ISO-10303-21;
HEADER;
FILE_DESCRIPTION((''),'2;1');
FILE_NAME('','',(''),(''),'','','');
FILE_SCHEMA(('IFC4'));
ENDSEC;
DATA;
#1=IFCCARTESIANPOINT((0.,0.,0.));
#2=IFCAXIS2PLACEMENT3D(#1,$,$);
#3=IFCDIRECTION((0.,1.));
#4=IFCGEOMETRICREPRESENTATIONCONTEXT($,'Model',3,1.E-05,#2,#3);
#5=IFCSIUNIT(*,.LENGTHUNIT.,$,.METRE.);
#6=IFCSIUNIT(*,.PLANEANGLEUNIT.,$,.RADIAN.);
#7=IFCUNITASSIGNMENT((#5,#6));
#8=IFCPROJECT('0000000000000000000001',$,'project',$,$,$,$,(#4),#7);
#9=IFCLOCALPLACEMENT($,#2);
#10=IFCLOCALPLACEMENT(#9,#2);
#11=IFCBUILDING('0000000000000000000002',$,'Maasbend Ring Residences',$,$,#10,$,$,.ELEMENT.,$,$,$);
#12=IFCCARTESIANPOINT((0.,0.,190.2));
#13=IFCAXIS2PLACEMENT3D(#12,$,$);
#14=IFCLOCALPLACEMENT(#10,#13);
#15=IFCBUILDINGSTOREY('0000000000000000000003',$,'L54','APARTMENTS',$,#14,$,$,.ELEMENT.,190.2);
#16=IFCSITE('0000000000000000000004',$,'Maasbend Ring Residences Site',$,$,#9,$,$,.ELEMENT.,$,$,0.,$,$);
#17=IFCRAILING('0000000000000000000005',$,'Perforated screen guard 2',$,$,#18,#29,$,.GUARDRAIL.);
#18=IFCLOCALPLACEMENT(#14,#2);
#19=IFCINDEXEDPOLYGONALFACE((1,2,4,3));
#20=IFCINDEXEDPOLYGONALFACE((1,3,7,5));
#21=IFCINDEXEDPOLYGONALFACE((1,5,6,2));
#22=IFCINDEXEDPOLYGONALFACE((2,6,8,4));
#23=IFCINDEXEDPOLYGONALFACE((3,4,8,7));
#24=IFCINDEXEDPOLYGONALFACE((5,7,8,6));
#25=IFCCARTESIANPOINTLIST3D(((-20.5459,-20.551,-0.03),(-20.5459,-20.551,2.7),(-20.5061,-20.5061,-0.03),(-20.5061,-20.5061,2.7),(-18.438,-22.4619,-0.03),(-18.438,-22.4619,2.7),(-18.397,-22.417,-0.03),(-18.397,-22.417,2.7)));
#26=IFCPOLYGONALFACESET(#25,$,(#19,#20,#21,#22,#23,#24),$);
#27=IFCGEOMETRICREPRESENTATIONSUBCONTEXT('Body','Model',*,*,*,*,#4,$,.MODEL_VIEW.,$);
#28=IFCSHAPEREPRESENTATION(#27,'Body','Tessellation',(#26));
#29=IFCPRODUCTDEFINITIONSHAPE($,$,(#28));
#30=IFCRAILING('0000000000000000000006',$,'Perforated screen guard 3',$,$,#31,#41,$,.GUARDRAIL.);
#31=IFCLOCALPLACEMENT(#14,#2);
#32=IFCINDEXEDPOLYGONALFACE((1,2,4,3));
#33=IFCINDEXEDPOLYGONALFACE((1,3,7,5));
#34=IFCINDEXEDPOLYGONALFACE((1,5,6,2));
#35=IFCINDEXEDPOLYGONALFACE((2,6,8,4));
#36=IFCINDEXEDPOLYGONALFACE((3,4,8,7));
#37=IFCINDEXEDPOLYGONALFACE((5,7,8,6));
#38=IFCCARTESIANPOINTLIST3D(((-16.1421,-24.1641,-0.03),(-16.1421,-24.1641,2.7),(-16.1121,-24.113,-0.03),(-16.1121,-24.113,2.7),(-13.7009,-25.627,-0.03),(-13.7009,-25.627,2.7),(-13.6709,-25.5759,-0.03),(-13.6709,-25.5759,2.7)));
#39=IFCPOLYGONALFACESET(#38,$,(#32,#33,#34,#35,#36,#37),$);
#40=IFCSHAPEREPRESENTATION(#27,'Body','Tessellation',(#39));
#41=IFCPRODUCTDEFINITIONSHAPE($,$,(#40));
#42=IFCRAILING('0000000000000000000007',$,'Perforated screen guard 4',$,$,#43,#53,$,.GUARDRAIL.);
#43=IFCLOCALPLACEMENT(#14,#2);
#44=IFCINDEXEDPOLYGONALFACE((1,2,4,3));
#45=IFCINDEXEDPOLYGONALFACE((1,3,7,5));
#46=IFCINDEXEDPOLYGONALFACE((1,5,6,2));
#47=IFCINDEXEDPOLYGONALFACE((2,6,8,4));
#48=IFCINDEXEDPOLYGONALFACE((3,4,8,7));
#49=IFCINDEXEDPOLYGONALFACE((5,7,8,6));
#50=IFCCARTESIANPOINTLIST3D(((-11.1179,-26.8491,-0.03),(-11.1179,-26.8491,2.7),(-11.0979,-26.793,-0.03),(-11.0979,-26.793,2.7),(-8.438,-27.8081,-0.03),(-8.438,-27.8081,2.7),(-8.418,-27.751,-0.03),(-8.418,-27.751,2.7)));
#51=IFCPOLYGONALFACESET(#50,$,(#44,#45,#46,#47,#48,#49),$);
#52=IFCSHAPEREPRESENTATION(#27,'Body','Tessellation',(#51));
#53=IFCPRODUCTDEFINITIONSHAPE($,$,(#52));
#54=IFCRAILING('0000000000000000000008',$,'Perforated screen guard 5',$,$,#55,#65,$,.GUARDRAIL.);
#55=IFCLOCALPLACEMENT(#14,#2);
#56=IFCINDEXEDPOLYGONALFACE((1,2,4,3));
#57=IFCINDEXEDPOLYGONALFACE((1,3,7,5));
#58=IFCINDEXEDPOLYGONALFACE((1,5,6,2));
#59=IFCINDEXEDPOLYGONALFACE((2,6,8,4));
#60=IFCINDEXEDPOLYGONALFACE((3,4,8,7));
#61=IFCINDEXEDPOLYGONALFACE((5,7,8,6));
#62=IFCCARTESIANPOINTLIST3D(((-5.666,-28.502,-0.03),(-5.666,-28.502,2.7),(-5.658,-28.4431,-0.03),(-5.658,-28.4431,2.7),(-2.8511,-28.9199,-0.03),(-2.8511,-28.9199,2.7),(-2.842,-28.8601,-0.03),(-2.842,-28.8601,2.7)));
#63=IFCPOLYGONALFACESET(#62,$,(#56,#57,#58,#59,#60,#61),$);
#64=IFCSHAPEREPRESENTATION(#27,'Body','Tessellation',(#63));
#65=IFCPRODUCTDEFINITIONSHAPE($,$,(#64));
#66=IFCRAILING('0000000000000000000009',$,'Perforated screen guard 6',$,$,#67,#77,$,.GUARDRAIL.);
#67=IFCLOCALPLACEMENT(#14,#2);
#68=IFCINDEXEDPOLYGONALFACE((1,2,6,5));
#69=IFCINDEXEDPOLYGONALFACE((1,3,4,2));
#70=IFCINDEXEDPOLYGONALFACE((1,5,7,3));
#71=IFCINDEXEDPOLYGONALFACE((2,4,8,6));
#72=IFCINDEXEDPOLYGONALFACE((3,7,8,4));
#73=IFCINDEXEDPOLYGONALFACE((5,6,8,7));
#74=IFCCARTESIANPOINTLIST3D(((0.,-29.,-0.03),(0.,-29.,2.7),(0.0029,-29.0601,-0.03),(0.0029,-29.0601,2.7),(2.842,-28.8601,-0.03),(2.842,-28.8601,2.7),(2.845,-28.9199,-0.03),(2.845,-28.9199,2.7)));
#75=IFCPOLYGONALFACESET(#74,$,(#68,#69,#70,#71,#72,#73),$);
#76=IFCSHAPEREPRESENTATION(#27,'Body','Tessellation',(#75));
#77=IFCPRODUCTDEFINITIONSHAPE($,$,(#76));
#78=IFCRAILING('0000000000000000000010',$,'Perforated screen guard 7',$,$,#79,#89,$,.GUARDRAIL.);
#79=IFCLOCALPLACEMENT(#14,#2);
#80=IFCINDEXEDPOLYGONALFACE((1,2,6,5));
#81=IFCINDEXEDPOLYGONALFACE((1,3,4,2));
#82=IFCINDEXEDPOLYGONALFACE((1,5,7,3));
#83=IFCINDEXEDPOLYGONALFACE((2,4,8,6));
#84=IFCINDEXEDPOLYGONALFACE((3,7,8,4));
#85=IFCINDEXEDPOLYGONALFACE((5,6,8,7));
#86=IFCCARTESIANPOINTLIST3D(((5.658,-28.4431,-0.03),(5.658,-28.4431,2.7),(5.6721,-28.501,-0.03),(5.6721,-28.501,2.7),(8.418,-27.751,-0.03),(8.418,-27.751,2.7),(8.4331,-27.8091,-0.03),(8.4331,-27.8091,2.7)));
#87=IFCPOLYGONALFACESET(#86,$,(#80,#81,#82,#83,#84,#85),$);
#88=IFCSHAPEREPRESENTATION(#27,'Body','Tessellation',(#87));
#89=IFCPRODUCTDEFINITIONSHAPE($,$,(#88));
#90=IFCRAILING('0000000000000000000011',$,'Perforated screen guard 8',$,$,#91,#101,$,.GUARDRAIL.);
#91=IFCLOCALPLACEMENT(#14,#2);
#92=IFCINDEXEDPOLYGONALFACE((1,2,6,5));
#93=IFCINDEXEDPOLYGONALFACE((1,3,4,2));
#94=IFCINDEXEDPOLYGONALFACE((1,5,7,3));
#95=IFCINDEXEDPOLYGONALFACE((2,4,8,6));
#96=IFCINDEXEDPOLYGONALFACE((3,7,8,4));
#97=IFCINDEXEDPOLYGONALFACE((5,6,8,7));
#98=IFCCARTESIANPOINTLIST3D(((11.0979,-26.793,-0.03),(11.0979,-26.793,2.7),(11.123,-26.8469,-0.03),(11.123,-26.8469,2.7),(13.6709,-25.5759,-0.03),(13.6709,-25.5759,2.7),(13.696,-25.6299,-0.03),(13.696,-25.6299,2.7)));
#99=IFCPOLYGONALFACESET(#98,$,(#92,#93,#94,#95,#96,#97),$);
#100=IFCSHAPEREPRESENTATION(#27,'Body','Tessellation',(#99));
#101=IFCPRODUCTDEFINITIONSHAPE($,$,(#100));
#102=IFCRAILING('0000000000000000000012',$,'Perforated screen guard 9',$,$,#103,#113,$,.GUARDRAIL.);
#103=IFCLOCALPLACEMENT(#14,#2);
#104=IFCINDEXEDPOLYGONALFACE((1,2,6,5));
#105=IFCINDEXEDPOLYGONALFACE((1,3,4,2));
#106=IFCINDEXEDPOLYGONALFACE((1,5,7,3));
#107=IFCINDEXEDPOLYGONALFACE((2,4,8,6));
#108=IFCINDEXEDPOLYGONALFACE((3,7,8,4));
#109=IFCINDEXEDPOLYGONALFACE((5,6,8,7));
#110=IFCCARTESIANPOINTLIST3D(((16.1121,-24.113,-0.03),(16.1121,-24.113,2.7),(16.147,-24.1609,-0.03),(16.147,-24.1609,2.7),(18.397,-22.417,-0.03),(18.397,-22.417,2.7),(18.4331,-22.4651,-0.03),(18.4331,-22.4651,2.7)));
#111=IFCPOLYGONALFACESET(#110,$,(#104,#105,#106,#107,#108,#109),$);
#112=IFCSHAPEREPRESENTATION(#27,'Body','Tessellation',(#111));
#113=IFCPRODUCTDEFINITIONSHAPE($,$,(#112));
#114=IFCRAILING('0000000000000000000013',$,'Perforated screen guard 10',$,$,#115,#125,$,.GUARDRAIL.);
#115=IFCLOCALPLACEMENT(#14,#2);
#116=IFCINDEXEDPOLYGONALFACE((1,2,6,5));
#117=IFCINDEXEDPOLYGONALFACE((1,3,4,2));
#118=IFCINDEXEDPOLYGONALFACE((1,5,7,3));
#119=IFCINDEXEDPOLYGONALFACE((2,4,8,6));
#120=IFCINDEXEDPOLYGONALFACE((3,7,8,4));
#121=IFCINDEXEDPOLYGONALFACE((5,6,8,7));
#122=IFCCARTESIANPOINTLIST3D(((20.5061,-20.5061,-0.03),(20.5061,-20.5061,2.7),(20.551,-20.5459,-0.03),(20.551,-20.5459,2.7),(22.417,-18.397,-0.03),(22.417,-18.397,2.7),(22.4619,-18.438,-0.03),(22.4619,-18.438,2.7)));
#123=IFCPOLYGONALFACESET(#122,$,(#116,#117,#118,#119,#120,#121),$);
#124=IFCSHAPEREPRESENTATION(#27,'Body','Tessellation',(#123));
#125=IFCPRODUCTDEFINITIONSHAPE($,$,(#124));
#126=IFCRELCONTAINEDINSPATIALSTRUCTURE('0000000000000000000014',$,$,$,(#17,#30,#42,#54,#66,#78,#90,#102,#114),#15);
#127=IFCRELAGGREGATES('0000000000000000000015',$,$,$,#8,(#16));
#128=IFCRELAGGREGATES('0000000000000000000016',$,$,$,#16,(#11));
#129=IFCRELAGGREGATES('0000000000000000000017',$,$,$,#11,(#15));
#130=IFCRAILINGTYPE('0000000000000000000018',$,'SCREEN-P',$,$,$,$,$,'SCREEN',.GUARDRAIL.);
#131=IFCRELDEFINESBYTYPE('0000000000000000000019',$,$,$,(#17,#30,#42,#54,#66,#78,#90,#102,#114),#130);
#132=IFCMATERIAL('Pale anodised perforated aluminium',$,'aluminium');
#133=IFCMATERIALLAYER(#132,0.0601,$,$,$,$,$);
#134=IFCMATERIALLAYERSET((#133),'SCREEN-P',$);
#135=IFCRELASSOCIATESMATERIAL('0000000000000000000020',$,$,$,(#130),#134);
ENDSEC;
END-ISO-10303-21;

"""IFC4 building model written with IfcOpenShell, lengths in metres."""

from ifc_helpers import new_model, si_unit, direction, frame, origin, place, context, subcontext, project, spatial, polyline, outline, extrude, material, layer, layer_set, type_object, element, save


model = new_model("IFC4")

# Units and contexts
model_context = context("Model", 3, precision=1e-05, world=origin(), true_north=direction((0.0, 1.0)))
body_context = subcontext(model_context, "Body", "Model", "MODEL_VIEW")
ifc_project = project(units=[si_unit("LENGTHUNIT", "METRE"), si_unit("PLANEANGLEUNIT", "RADIAN")], contexts=[model_context])

# Site, building, storey
site_placement = place(None, origin())
site = spatial("IfcSite", under=ifc_project, at=site_placement, Name="Maasbend Ring Residences Site", CompositionType="ELEMENT", RefElevation=0.0)
building_placement = place(site_placement, origin())
building = spatial("IfcBuilding", under=site, at=building_placement, Name="Maasbend Ring Residences", CompositionType="ELEMENT")
storey_placement = place(building_placement, frame((0.0, 0.0, 190.2)))
storey = spatial("IfcBuildingStorey", under=building, at=storey_placement, Name="L54", Description="APARTMENTS", CompositionType="ELEMENT", Elevation=190.2)

# Railings
ifc_material_1 = material(Name="Pale anodised perforated aluminium", Category="aluminium")
ifc_layer_1 = layer(ifc_material_1, 0.0601)
ifc_layer_set_1 = layer_set([ifc_layer_1], Name="SCREEN-P")
railing_type = type_object("IfcRailingType", Name="SCREEN-P", ElementType="SCREEN", PredefinedType="GUARDRAIL", material=ifc_layer_set_1)
railing_1_placement = place(storey_placement, frame((0.0, 0.0, -0.03)))
element("IfcRailing", 1, at=railing_1_placement, inside=storey, type_object=railing_type, Name="Perforated screen guard 2", PredefinedType="GUARDRAIL", context=body_context, shape_type="SweptSolid", body=[
    extrude(outline(polyline([(-20.5061, -20.5061), (-18.397, -22.417), (-18.438, -22.4619), (-20.5459, -20.551), (-20.5061, -20.5061)])), origin(), (0.0, 0.0, 1.0), 2.73),
])
railing_2_placement = place(storey_placement, frame((0.0, 0.0, -0.03)))
element("IfcRailing", 2, at=railing_2_placement, inside=storey, type_object=railing_type, Name="Perforated screen guard 3", PredefinedType="GUARDRAIL", context=body_context, shape_type="SweptSolid", body=[
    extrude(outline(polyline([(-16.1121, -24.113), (-13.6709, -25.5759), (-13.7009, -25.627), (-16.1421, -24.1641), (-16.1121, -24.113)])), origin(), (0.0, 0.0, 1.0), 2.73),
])
railing_3_placement = place(storey_placement, frame((0.0, 0.0, -0.03)))
element("IfcRailing", 3, at=railing_3_placement, inside=storey, type_object=railing_type, Name="Perforated screen guard 4", PredefinedType="GUARDRAIL", context=body_context, shape_type="SweptSolid", body=[
    extrude(outline(polyline([(-11.0979, -26.793), (-8.418, -27.751), (-8.438, -27.8081), (-11.1179, -26.8491), (-11.0979, -26.793)])), origin(), (0.0, 0.0, 1.0), 2.73),
])
railing_4_placement = place(storey_placement, frame((0.0, 0.0, -0.03)))
element("IfcRailing", 4, at=railing_4_placement, inside=storey, type_object=railing_type, Name="Perforated screen guard 5", PredefinedType="GUARDRAIL", context=body_context, shape_type="SweptSolid", body=[
    extrude(outline(polyline([(-5.658, -28.4431), (-2.842, -28.8601), (-2.8511, -28.9199), (-5.666, -28.502), (-5.658, -28.4431)])), origin(), (0.0, 0.0, 1.0), 2.73),
])
railing_5_placement = place(storey_placement, frame((0.0, 0.0, -0.03)))
element("IfcRailing", 5, at=railing_5_placement, inside=storey, type_object=railing_type, Name="Perforated screen guard 6", PredefinedType="GUARDRAIL", context=body_context, shape_type="SweptSolid", body=[
    extrude(outline(polyline([(0.0, -29.0), (2.842, -28.8601), (2.845, -28.9199), (0.0029, -29.0601), (0.0, -29.0)])), origin(), (0.0, 0.0, 1.0), 2.73),
])
railing_6_placement = place(storey_placement, frame((0.0, 0.0, -0.03)))
element("IfcRailing", 6, at=railing_6_placement, inside=storey, type_object=railing_type, Name="Perforated screen guard 7", PredefinedType="GUARDRAIL", context=body_context, shape_type="SweptSolid", body=[
    extrude(outline(polyline([(5.658, -28.4431), (8.418, -27.751), (8.4331, -27.8091), (5.6721, -28.501), (5.658, -28.4431)])), origin(), (0.0, 0.0, 1.0), 2.73),
])
railing_7_placement = place(storey_placement, frame((0.0, 0.0, -0.03)))
element("IfcRailing", 7, at=railing_7_placement, inside=storey, type_object=railing_type, Name="Perforated screen guard 8", PredefinedType="GUARDRAIL", context=body_context, shape_type="SweptSolid", body=[
    extrude(outline(polyline([(11.0979, -26.793), (13.6709, -25.5759), (13.696, -25.6299), (11.123, -26.8469), (11.0979, -26.793)])), origin(), (0.0, 0.0, 1.0), 2.73),
])
railing_8_placement = place(storey_placement, frame((0.0, 0.0, -0.03)))
element("IfcRailing", 8, at=railing_8_placement, inside=storey, type_object=railing_type, Name="Perforated screen guard 9", PredefinedType="GUARDRAIL", context=body_context, shape_type="SweptSolid", body=[
    extrude(outline(polyline([(16.1121, -24.113), (18.397, -22.417), (18.4331, -22.4651), (16.147, -24.1609), (16.1121, -24.113)])), origin(), (0.0, 0.0, 1.0), 2.73),
])
railing_9_placement = place(storey_placement, frame((0.0, 0.0, -0.03)))
element("IfcRailing", 9, at=railing_9_placement, inside=storey, type_object=railing_type, Name="Perforated screen guard 10", PredefinedType="GUARDRAIL", context=body_context, shape_type="SweptSolid", body=[
    extrude(outline(polyline([(20.5061, -20.5061), (22.417, -18.397), (22.4619, -18.438), (20.551, -20.5459), (20.5061, -20.5061)])), origin(), (0.0, 0.0, 1.0), 2.73),
])

save(model, "model.ifc")
